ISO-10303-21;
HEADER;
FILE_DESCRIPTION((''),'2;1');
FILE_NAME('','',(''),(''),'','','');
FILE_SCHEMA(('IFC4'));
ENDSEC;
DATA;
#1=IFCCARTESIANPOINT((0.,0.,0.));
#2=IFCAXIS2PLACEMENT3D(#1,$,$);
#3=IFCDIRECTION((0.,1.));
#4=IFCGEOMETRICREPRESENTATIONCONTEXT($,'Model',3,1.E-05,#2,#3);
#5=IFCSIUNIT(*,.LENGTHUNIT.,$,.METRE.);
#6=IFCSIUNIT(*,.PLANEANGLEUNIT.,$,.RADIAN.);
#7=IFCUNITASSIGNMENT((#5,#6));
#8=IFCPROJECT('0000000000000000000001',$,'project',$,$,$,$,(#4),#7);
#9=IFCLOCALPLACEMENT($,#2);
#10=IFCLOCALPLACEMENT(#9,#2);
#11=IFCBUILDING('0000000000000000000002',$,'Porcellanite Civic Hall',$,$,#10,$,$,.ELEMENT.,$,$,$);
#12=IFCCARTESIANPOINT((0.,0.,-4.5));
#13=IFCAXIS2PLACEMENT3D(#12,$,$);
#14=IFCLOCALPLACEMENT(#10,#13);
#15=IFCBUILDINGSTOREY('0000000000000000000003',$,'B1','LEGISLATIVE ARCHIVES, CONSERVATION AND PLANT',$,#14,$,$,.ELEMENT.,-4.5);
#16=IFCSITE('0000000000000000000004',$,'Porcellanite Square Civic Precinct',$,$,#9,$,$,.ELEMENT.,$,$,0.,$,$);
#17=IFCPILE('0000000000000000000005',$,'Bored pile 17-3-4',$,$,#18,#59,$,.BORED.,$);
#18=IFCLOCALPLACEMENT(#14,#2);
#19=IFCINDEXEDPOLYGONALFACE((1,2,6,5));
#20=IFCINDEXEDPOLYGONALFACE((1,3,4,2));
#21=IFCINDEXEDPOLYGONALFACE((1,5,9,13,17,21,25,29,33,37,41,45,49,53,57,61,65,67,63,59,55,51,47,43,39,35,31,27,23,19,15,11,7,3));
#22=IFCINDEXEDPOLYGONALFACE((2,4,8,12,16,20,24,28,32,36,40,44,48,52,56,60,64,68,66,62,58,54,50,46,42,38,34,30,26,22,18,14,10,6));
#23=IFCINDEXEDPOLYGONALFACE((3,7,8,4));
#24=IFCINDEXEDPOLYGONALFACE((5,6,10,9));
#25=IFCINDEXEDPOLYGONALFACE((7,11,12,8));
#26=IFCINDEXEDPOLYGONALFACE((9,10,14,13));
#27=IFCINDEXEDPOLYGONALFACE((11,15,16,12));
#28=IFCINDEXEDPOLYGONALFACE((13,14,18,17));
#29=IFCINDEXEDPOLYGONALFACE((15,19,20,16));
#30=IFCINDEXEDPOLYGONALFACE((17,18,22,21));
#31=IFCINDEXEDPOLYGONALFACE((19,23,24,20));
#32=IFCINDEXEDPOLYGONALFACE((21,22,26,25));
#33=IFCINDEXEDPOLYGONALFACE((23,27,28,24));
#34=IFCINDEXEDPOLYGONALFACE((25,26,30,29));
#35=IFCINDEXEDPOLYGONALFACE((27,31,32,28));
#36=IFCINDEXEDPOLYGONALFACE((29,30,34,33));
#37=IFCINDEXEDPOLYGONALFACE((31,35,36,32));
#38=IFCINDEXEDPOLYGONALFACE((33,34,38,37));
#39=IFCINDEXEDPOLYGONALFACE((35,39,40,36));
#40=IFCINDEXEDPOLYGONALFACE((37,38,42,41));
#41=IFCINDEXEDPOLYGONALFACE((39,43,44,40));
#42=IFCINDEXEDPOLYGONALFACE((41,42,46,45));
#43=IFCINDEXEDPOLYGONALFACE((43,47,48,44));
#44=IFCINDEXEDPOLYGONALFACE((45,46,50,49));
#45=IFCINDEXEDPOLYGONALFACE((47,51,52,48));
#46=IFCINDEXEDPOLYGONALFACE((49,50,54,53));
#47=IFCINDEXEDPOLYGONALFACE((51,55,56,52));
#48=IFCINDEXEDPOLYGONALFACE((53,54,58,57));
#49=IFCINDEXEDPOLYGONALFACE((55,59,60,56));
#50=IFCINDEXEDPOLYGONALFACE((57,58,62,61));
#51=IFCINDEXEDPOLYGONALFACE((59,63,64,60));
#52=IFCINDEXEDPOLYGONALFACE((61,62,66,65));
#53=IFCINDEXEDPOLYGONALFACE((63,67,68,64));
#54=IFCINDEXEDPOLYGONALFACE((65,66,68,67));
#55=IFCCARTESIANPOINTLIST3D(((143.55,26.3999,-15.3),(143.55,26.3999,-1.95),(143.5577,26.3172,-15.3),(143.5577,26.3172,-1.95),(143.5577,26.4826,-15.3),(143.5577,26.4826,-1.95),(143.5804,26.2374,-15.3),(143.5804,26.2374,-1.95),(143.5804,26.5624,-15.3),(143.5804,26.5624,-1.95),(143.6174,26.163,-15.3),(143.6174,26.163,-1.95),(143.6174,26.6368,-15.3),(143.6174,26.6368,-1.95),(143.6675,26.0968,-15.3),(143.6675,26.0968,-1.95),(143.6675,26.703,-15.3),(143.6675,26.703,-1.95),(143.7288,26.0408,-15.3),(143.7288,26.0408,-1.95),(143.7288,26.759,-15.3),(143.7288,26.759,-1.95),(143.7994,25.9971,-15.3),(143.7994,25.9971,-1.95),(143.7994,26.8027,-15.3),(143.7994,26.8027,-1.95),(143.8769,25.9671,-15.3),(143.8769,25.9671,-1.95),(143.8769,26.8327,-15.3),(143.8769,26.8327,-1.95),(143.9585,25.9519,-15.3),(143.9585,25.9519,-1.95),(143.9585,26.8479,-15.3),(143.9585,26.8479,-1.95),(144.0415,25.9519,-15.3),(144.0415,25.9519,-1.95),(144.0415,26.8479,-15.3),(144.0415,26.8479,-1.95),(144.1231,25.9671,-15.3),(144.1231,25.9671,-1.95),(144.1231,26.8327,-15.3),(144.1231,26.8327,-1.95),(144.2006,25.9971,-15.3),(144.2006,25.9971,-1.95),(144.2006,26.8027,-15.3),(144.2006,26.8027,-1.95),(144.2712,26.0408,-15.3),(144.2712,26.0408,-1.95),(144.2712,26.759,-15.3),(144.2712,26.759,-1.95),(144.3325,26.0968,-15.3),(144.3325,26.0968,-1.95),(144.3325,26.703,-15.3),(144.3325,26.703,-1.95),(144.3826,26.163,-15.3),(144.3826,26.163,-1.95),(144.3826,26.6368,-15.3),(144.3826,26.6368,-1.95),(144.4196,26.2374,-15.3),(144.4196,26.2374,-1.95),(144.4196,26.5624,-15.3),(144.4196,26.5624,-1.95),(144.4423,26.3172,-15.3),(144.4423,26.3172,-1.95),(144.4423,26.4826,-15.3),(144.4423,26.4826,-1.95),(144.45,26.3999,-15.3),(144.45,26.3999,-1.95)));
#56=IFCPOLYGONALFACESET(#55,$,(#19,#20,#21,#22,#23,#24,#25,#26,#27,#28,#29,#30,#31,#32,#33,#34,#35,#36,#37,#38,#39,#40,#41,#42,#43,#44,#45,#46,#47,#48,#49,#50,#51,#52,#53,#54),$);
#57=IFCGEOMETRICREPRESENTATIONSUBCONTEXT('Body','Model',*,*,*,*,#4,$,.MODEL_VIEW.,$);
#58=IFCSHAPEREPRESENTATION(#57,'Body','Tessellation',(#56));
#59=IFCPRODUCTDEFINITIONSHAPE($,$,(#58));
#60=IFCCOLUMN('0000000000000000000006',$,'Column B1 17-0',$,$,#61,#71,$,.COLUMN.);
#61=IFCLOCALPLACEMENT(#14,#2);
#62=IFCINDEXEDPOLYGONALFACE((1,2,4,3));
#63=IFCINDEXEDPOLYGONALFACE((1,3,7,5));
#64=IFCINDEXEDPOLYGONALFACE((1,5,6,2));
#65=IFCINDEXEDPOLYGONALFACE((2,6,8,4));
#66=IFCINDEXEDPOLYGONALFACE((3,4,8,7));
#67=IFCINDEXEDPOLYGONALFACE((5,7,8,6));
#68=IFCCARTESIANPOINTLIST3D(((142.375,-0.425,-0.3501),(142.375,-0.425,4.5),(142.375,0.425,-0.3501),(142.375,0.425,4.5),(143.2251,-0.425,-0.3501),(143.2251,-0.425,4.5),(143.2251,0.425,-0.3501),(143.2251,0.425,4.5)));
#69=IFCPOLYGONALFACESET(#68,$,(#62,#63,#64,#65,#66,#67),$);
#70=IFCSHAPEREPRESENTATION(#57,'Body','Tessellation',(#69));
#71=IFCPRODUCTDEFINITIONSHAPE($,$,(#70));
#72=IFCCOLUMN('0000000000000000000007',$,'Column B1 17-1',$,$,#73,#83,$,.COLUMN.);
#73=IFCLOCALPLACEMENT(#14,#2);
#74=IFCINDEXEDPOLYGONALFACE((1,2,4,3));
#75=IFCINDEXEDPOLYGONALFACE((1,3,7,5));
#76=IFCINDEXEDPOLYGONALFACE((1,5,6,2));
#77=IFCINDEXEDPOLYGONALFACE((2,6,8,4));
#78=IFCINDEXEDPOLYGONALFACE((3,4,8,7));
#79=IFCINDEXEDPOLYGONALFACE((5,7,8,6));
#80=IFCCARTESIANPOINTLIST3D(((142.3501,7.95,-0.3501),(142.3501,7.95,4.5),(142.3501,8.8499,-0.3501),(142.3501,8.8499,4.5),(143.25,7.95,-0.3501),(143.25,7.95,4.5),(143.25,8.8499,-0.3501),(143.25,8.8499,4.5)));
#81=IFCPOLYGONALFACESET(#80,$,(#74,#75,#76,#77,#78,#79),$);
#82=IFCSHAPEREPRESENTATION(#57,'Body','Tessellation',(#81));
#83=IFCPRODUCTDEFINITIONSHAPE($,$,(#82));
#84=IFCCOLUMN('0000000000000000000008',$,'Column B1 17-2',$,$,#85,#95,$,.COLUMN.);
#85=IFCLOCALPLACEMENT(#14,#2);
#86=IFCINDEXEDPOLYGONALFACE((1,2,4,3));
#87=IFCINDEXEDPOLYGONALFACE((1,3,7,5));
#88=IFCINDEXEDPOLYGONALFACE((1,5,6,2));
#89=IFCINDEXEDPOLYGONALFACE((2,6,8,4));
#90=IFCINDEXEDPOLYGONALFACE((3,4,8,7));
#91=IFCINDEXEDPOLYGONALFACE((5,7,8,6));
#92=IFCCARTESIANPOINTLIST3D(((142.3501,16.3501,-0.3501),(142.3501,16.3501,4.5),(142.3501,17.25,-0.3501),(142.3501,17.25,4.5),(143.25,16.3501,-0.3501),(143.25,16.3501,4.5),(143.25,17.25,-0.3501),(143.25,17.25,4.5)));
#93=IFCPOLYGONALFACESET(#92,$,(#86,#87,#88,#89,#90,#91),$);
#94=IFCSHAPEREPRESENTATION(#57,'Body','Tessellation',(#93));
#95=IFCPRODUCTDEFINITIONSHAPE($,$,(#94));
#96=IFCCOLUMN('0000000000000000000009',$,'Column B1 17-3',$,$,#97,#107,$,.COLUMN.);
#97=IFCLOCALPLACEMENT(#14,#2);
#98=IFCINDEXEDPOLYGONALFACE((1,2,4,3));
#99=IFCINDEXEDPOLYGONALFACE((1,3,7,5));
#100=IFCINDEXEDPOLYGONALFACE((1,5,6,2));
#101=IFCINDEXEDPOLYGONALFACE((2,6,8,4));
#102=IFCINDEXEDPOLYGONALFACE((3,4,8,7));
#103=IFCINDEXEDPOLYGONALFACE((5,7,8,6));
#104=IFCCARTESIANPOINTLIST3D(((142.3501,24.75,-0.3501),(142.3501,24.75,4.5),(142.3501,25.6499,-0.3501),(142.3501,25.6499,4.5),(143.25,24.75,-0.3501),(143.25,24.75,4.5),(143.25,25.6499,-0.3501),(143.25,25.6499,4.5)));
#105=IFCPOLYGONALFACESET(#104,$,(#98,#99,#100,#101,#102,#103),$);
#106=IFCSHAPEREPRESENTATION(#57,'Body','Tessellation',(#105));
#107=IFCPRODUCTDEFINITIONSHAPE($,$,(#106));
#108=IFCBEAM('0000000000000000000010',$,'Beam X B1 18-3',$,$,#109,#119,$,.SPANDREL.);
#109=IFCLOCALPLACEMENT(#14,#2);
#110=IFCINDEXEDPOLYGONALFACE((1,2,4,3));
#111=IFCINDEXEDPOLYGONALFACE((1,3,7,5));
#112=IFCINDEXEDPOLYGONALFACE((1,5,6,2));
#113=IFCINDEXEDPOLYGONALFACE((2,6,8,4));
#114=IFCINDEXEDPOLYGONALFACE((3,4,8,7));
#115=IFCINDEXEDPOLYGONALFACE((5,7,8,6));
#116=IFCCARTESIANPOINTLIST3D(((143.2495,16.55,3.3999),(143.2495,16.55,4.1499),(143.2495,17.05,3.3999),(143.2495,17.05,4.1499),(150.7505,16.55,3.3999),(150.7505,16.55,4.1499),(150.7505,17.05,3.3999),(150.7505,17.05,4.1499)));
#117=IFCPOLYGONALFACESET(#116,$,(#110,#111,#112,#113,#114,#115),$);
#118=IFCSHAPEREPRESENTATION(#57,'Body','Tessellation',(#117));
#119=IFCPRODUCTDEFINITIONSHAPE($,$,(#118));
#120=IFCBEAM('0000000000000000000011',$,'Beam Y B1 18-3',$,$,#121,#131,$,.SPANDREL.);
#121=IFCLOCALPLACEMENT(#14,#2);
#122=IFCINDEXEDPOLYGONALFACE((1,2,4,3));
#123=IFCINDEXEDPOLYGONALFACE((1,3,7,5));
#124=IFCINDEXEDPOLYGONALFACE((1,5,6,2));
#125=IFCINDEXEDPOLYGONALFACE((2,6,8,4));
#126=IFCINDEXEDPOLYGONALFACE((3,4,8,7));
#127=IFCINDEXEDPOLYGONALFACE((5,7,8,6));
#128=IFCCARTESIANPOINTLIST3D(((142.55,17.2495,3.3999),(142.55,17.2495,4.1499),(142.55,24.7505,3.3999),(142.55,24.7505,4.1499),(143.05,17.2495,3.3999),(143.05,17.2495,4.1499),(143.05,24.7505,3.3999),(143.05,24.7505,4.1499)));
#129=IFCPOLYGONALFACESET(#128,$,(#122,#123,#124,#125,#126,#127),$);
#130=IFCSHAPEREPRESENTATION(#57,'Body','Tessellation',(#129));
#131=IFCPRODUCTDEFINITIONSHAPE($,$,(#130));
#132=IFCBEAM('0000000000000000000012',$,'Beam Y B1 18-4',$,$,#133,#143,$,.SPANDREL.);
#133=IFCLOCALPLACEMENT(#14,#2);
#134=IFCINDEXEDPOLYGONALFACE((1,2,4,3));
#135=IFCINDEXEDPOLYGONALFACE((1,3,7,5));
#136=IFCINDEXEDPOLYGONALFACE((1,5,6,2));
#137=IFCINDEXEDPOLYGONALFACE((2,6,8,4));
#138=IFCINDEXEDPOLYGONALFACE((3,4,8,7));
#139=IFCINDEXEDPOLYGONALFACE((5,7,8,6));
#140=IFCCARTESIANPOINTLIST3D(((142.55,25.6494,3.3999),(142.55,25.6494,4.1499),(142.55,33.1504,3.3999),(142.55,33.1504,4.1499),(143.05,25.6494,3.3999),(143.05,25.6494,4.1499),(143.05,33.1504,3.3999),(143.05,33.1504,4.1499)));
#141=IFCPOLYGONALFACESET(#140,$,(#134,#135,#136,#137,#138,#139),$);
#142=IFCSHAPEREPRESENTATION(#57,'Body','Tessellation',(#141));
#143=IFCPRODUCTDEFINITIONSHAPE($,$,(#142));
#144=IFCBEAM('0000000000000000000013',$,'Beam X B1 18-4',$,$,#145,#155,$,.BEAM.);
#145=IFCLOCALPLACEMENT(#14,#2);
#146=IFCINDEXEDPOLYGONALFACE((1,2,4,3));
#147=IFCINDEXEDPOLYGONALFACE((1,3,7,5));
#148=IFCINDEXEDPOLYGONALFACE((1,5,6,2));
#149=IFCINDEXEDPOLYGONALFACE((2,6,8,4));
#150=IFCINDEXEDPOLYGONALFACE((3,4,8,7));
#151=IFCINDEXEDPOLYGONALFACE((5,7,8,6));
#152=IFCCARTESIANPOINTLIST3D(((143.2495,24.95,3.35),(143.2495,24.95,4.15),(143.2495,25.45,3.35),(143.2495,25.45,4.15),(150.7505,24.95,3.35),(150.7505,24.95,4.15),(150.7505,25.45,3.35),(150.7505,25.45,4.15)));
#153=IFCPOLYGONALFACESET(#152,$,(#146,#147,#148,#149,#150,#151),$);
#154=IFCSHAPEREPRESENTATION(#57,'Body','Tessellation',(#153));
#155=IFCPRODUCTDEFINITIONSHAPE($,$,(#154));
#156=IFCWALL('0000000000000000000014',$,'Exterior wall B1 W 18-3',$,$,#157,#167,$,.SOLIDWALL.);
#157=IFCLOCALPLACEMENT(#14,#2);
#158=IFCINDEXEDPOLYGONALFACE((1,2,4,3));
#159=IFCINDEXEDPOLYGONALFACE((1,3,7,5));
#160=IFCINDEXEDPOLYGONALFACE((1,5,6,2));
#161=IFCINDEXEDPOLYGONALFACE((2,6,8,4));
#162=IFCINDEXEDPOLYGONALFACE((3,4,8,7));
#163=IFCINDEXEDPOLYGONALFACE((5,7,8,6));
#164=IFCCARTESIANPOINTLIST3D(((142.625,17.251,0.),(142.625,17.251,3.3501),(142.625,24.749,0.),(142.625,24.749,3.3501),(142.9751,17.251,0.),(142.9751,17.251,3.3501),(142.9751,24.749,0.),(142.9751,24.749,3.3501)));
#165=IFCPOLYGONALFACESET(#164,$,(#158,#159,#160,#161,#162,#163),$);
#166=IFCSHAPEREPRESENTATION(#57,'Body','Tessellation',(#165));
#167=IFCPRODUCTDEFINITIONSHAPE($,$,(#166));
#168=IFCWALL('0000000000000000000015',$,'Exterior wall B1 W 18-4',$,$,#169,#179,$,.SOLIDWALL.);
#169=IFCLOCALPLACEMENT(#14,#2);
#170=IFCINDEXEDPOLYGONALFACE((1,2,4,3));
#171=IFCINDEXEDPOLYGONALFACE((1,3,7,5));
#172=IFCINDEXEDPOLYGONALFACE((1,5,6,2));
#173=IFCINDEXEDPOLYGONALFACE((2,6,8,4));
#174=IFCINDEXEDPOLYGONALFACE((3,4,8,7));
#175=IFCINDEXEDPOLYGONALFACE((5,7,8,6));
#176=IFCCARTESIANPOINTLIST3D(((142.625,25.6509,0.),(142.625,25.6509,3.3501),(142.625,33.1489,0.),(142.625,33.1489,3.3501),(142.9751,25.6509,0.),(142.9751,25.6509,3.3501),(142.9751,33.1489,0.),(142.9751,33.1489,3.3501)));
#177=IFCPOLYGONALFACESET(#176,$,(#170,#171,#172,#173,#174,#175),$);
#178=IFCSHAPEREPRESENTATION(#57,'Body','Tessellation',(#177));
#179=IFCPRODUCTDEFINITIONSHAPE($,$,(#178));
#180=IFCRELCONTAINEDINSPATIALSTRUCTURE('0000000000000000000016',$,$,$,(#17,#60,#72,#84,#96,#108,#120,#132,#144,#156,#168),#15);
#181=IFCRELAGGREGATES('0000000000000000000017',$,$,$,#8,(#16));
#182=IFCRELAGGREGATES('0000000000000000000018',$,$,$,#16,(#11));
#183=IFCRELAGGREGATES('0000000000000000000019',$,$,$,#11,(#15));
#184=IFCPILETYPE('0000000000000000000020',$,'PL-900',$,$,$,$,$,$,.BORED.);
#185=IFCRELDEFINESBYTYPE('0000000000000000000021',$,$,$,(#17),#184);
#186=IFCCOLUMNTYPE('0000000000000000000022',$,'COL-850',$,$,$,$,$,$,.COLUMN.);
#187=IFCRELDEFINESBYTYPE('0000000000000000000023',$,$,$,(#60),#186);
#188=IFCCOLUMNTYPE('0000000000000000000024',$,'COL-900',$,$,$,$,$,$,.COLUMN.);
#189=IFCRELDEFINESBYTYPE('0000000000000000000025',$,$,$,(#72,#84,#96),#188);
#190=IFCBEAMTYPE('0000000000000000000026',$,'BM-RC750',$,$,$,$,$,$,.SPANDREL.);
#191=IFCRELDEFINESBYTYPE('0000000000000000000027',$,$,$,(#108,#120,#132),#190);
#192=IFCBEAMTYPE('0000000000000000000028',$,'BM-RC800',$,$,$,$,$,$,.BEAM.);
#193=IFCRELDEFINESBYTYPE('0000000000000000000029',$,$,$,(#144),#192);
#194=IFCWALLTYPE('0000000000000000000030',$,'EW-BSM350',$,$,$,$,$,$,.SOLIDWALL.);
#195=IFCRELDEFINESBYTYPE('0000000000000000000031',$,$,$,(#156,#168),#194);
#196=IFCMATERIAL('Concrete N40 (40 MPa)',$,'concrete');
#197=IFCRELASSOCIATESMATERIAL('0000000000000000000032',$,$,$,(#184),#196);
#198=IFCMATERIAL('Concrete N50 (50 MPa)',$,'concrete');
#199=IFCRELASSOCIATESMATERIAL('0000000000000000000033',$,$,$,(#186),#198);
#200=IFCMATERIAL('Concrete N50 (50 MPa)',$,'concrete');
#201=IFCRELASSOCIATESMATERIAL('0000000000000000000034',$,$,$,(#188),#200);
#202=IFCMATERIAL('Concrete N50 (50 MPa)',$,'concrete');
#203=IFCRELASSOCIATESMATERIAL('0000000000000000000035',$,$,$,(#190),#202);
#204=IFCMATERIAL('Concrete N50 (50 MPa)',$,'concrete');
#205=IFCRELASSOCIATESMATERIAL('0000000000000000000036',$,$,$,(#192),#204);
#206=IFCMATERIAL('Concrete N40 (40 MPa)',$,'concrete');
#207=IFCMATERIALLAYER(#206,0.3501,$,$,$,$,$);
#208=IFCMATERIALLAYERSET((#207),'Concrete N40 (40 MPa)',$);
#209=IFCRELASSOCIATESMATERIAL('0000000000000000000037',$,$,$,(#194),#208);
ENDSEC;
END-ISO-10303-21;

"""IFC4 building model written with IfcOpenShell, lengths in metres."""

from ifc_helpers import new_model, si_unit, direction, frame, frame_2d, origin, origin_2d, place, context, subcontext, project, spatial, rectangle, circle, extrude, material, layer, layer_set, material_profile, profile_set, type_object, element, save


model = new_model("IFC4")

# Units and contexts
model_context = context("Model", 3, precision=1e-05, world=origin(), true_north=direction((0.0, 1.0)))
body_context = subcontext(model_context, "Body", "Model", "MODEL_VIEW")
ifc_project = project(units=[si_unit("LENGTHUNIT", "METRE"), si_unit("PLANEANGLEUNIT", "RADIAN")], contexts=[model_context])

# Site, building, storey
site_placement = place(None, origin())
site = spatial("IfcSite", under=ifc_project, at=site_placement, Name="Porcellanite Square Civic Precinct", CompositionType="ELEMENT", RefElevation=0.0)
building_placement = place(site_placement, origin())
building = spatial("IfcBuilding", under=site, at=building_placement, Name="Porcellanite Civic Hall", CompositionType="ELEMENT")
storey_placement = place(building_placement, frame((0.0, 0.0, -4.5)))
storey = spatial("IfcBuildingStorey", under=building, at=storey_placement, Name="B1", Description="LEGISLATIVE ARCHIVES, CONSERVATION AND PLANT", CompositionType="ELEMENT", Elevation=-4.5)

# Pile
ifc_material_1 = material(Name="Concrete N40 (40 MPa)", Category="concrete")
ifc_material_profile_1 = material_profile(ifc_material_1, circle(Radius=0.45, at=origin_2d()), Name="PILE-D900")
ifc_profile_set_1 = profile_set([ifc_material_profile_1], Name="Concrete N40 (40 MPa)")
pile_type_1 = type_object("IfcPileType", Name="PL-900", PredefinedType="BORED", material=ifc_profile_set_1)
for number, where, z_axis, x_axis, name in (
    (1, (144.0, 26.3999, -1.95), (0.0, 0.0, -1.0), (1.0, 0.0, 0.0), "Bored pile 17-3-4"),
):
    element("IfcPile", number, at=place(storey_placement, frame(where, z_axis=z_axis, x_axis=x_axis)), inside=storey, type_object=pile_type_1, Name=name, PredefinedType="BORED", context=body_context, shape_type="SweptSolid", body=[
        extrude(circle(Radius=0.45, at=origin_2d()), origin(), (0.0, 0.0, 1.0), 13.3501),
    ])

# Columns
ifc_material_2 = material(Name="Concrete N50 (50 MPa)", Category="concrete")
ifc_material_profile_2 = material_profile(ifc_material_2, rectangle(XDim=0.8501, YDim=0.8501, at=origin_2d()), Name="RC-850x850")
ifc_profile_set_2 = profile_set([ifc_material_profile_2], Name="Concrete N50 (50 MPa)")
column_type_1 = type_object("IfcColumnType", Name="COL-850", PredefinedType="COLUMN", material=ifc_profile_set_2)
column_placement = place(storey_placement, frame((142.8, 0.0, -0.3501), z_axis=(0.0, 0.0, 1.0), x_axis=(1.0, 0.0, 0.0)))
element("IfcColumn", 2, at=column_placement, inside=storey, type_object=column_type_1, Name="Column B1 17-0", PredefinedType="COLUMN", context=body_context, shape_type="SweptSolid", body=[
    extrude(rectangle(XDim=0.8501, YDim=0.8501, at=origin_2d()), origin(), (0.0, 0.0, 1.0), 4.8501),
])
ifc_material_3 = material(Name="Concrete N50 (50 MPa)", Category="concrete")
ifc_material_profile_3 = material_profile(ifc_material_3, rectangle(XDim=0.8999, YDim=0.8999, at=origin_2d()), Name="RC-900x900")
ifc_profile_set_3 = profile_set([ifc_material_profile_3], Name="Concrete N50 (50 MPa)")
column_type_2 = type_object("IfcColumnType", Name="COL-900", PredefinedType="COLUMN", material=ifc_profile_set_3)
for number, where, z_axis, x_axis, name in (
    (3, (142.8, 8.3999, -0.3501), (0.0, 0.0, 1.0), (1.0, 0.0, 0.0), "Column B1 17-1"),
    (4, (142.8, 16.8, -0.3501), (0.0, 0.0, 1.0), (1.0, 0.0, 0.0), "Column B1 17-2"),
    (5, (142.8, 25.2, -0.3501), (0.0, 0.0, 1.0), (1.0, 0.0, 0.0), "Column B1 17-3"),
):
    element("IfcColumn", number, at=place(storey_placement, frame(where, z_axis=z_axis, x_axis=x_axis)), inside=storey, type_object=column_type_2, Name=name, PredefinedType="COLUMN", context=body_context, shape_type="SweptSolid", body=[
        extrude(rectangle(XDim=0.8999, YDim=0.8999, at=origin_2d()), origin(), (0.0, 0.0, 1.0), 4.8501),
    ])

# Beams
ifc_material_4 = material(Name="Concrete N50 (50 MPa)", Category="concrete")
ifc_material_profile_4 = material_profile(ifc_material_4, rectangle(XDim=0.5, YDim=0.75, at=origin_2d()), Name="RC-500x750")
ifc_profile_set_4 = profile_set([ifc_material_profile_4], Name="Concrete N50 (50 MPa)")
beam_type_1 = type_object("IfcBeamType", Name="BM-RC750", PredefinedType="SPANDREL", material=ifc_profile_set_4)
for number, where, z_axis, x_axis, name in (
    (6, (143.2495, 16.8, 3.7749), (1.0, 0.0, 0.0), (0.0, 1.0, 0.0), "Beam X B1 18-3"),
    (7, (142.8, 17.2495, 3.7749), (0.0, 1.0, 0.0), (-1.0, 0.0, 0.0), "Beam Y B1 18-3"),
    (8, (142.8, 25.6494, 3.7749), (0.0, 1.0, 0.0), (-1.0, 0.0, 0.0), "Beam Y B1 18-4"),
):
    element("IfcBeam", number, at=place(storey_placement, frame(where, z_axis=z_axis, x_axis=x_axis)), inside=storey, type_object=beam_type_1, Name=name, PredefinedType="SPANDREL", context=body_context, shape_type="SweptSolid", body=[
        extrude(rectangle(XDim=0.5, YDim=0.75, at=origin_2d()), origin(), (0.0, 0.0, 1.0), 7.501),
    ])
ifc_material_5 = material(Name="Concrete N50 (50 MPa)", Category="concrete")
ifc_material_profile_5 = material_profile(ifc_material_5, rectangle(XDim=0.5, YDim=0.8, at=origin_2d()), Name="RC-500x800")
ifc_profile_set_5 = profile_set([ifc_material_profile_5], Name="Concrete N50 (50 MPa)")
beam_type_2 = type_object("IfcBeamType", Name="BM-RC800", PredefinedType="BEAM", material=ifc_profile_set_5)
beam_placement = place(storey_placement, frame((143.2495, 25.2, 3.75), z_axis=(1.0, 0.0, 0.0), x_axis=(0.0, 1.0, 0.0)))
element("IfcBeam", 9, at=beam_placement, inside=storey, type_object=beam_type_2, Name="Beam X B1 18-4", PredefinedType="BEAM", context=body_context, shape_type="SweptSolid", body=[
    extrude(rectangle(XDim=0.5, YDim=0.8, at=origin_2d()), origin(), (0.0, 0.0, 1.0), 7.501),
])

# Walls
ifc_material_6 = material(Name="Concrete N40 (40 MPa)", Category="concrete")
ifc_layer = layer(ifc_material_6, 0.3501)
ifc_layer_set = layer_set([ifc_layer], Name="Concrete N40 (40 MPa)")
wall_type = type_object("IfcWallType", Name="EW-BSM350", PredefinedType="SOLIDWALL", material=ifc_layer_set)
for number, where, z_axis, x_axis, name in (
    (10, (142.8, 17.251, 0.0), (0.0, 0.0, 1.0), (0.0, 1.0, 0.0), "Exterior wall B1 W 18-3"),
    (11, (142.8, 25.6509, 0.0), (0.0, 0.0, 1.0), (0.0, 1.0, 0.0), "Exterior wall B1 W 18-4"),
):
    element("IfcWall", number, at=place(storey_placement, frame(where, z_axis=z_axis, x_axis=x_axis)), inside=storey, type_object=wall_type, Name=name, PredefinedType="SOLIDWALL", context=body_context, shape_type="SweptSolid", body=[
        extrude(rectangle(XDim=7.498, YDim=0.3501, at=frame_2d((3.749, 0.0))), origin(), (0.0, 0.0, 1.0), 3.3501),
    ])

save(model, "model.ifc")
